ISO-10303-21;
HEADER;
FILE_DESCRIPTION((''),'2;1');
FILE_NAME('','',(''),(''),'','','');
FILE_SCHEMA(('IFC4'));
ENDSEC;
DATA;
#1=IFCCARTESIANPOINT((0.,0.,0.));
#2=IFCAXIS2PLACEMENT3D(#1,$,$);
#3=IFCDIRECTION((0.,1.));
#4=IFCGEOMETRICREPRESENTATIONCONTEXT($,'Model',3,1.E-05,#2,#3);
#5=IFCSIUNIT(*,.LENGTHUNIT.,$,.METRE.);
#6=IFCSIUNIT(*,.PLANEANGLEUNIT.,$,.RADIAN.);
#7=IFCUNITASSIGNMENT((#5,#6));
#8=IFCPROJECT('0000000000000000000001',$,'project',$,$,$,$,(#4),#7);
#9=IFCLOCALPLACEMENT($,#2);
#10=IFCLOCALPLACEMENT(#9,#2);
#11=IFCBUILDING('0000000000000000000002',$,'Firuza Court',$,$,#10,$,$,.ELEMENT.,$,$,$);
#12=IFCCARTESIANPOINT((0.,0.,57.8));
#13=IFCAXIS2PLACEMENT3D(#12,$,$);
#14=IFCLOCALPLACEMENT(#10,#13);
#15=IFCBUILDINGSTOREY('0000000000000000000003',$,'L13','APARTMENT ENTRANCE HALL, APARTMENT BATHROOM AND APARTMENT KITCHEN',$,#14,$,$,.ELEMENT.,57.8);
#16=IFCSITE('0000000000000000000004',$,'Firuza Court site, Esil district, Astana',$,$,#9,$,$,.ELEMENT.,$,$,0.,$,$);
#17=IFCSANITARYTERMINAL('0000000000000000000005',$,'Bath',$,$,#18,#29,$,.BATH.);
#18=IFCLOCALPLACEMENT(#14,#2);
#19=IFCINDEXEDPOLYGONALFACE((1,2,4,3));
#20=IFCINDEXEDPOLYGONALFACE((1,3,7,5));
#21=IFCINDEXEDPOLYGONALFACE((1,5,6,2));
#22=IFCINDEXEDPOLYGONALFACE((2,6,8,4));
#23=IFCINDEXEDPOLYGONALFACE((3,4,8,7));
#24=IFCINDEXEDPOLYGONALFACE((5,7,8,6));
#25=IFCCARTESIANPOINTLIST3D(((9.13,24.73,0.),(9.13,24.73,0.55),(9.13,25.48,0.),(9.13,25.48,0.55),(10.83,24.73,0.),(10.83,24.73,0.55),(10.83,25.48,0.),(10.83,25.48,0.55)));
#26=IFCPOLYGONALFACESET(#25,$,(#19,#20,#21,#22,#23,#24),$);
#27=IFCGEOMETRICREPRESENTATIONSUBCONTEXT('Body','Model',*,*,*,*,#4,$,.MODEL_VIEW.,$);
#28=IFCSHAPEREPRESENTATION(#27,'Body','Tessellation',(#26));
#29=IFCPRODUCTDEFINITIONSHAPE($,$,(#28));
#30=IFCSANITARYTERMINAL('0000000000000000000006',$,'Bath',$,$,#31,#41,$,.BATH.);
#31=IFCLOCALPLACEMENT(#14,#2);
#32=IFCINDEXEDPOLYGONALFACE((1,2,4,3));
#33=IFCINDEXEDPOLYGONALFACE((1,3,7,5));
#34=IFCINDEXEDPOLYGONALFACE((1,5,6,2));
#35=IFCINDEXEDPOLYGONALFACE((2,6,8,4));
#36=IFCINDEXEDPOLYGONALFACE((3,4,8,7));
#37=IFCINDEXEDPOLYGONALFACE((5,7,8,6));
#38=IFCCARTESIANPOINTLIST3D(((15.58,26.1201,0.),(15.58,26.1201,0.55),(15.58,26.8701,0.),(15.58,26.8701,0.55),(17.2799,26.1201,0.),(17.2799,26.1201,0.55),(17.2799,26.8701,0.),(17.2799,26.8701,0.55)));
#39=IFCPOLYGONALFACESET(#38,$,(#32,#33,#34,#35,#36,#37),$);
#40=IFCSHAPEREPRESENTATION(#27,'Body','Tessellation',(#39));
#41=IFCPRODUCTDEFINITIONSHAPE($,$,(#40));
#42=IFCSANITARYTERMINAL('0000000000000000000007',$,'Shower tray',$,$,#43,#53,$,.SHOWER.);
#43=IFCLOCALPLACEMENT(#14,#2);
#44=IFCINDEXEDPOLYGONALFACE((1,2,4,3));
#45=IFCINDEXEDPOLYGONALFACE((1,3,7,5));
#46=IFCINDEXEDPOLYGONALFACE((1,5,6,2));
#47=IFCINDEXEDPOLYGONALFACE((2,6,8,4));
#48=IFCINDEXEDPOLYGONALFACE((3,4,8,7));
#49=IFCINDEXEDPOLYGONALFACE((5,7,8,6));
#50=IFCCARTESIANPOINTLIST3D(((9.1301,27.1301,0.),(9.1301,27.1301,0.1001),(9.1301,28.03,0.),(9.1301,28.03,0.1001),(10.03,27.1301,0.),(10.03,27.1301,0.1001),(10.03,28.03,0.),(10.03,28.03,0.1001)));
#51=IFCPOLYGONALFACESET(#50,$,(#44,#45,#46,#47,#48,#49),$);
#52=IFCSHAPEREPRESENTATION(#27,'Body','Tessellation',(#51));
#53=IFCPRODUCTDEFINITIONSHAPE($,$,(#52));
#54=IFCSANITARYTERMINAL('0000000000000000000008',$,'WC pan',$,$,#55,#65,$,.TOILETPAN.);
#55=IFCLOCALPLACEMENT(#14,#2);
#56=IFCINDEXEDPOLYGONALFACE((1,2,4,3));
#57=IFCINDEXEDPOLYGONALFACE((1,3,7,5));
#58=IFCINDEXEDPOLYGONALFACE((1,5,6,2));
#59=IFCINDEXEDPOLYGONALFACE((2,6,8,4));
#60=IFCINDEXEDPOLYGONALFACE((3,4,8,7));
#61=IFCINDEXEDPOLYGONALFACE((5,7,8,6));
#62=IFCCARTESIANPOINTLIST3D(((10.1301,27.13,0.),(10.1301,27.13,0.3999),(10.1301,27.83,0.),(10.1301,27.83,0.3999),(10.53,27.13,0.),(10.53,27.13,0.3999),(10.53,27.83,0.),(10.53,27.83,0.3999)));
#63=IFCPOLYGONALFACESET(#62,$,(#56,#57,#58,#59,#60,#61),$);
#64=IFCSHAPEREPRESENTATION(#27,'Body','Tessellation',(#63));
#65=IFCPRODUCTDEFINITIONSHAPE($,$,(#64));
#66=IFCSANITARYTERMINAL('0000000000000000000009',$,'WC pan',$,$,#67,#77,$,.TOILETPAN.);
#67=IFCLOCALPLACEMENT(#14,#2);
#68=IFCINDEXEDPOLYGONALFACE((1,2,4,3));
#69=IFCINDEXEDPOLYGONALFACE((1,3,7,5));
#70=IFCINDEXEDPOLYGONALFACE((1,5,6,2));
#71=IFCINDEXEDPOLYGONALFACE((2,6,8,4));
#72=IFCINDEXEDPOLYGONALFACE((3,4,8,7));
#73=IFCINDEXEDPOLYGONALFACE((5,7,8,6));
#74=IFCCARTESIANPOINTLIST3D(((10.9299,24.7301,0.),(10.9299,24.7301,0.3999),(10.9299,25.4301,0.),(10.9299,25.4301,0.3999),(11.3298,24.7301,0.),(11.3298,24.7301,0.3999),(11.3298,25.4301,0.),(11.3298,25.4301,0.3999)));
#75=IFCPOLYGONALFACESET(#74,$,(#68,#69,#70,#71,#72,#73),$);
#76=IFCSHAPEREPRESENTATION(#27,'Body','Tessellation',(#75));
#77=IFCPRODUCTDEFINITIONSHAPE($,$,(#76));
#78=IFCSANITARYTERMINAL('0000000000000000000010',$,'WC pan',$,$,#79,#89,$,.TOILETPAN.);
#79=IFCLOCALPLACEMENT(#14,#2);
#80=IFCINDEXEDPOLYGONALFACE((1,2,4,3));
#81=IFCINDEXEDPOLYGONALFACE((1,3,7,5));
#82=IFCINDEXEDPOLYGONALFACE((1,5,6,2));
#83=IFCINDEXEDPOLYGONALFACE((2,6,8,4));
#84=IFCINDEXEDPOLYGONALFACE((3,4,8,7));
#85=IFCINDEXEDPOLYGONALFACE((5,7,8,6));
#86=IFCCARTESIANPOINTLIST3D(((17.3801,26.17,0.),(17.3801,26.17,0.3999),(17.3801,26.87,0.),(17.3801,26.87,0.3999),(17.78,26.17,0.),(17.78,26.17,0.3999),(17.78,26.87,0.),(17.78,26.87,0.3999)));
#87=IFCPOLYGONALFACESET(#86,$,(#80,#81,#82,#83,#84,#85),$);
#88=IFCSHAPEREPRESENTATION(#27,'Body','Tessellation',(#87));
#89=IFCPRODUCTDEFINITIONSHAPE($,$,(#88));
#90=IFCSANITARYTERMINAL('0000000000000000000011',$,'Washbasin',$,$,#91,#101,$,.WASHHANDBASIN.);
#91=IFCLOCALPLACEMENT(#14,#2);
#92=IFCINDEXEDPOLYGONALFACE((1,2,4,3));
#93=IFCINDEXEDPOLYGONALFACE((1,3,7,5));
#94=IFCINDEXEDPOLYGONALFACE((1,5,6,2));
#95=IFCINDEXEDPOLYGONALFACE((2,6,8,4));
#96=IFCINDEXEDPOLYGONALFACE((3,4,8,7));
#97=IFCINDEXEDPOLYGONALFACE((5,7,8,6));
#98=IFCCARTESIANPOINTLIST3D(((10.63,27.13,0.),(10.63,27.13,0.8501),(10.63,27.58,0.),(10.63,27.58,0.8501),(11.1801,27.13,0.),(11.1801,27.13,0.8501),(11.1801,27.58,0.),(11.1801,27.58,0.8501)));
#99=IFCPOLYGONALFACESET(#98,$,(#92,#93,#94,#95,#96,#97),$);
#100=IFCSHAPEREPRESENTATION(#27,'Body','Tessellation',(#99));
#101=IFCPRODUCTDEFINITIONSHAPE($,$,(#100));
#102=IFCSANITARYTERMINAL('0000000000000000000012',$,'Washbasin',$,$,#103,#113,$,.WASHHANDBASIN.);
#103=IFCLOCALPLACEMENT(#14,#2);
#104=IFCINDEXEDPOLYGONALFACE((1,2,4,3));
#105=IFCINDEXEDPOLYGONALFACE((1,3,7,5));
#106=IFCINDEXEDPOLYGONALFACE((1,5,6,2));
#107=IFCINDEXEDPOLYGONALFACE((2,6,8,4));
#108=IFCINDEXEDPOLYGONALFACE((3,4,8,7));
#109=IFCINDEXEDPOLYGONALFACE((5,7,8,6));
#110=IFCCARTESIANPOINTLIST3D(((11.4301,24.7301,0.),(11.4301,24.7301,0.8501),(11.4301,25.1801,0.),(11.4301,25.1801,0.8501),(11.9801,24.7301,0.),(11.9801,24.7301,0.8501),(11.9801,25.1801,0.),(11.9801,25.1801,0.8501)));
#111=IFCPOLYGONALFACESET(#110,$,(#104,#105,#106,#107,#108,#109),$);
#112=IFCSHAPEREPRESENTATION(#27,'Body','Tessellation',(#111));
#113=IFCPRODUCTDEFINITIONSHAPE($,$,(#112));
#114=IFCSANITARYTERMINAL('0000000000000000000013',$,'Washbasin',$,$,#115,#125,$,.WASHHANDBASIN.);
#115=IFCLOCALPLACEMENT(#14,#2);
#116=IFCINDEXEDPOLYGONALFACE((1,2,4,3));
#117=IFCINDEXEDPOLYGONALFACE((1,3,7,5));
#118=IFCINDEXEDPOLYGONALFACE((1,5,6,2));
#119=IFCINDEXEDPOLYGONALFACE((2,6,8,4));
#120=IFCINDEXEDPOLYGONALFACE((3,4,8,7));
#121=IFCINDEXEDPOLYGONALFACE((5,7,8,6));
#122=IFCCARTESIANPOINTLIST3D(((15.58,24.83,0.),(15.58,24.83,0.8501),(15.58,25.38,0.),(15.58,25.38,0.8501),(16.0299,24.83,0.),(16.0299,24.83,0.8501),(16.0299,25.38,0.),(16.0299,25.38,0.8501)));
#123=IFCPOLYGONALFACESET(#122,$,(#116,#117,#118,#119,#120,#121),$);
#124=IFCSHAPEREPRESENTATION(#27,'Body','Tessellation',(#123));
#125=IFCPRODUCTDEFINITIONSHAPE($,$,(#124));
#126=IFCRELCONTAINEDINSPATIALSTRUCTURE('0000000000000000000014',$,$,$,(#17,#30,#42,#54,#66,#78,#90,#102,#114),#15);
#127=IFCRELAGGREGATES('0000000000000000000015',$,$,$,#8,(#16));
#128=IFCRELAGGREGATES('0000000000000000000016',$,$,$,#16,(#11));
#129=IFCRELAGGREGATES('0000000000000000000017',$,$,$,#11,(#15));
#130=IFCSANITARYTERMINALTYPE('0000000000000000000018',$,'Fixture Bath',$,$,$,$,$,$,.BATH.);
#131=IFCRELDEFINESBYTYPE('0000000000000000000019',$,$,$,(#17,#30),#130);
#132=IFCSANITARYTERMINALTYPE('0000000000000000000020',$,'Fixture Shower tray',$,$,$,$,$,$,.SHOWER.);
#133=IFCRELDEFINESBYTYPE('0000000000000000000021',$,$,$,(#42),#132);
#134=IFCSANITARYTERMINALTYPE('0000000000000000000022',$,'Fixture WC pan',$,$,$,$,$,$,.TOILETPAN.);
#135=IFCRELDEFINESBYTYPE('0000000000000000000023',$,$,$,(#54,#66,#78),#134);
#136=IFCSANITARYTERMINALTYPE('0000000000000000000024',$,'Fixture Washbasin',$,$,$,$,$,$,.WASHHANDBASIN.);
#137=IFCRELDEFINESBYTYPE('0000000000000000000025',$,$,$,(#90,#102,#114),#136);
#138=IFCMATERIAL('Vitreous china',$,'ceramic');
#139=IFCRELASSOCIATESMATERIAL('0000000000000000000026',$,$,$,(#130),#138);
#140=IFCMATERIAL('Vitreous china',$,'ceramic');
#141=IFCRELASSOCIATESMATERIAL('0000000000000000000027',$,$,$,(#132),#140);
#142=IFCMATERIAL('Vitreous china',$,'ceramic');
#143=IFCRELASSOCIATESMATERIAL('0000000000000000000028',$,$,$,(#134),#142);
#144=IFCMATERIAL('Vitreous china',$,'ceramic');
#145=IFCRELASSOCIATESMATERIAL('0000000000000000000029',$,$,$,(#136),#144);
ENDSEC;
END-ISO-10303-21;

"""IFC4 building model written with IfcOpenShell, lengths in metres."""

from ifc_helpers import new_model, si_unit, direction, frame, origin, origin_2d, place, context, subcontext, project, spatial, rectangle, extrude, material, type_object, element, save


model = new_model("IFC4")

# Units and contexts
model_context = context("Model", 3, precision=1e-05, world=origin(), true_north=direction((0.0, 1.0)))
body_context = subcontext(model_context, "Body", "Model", "MODEL_VIEW")
ifc_project = project(units=[si_unit("LENGTHUNIT", "METRE"), si_unit("PLANEANGLEUNIT", "RADIAN")], contexts=[model_context])

# Site, building, storey
site_placement = place(None, origin())
site = spatial("IfcSite", under=ifc_project, at=site_placement, Name="Firuza Court site, Esil district, Astana", CompositionType="ELEMENT", RefElevation=0.0)
building_placement = place(site_placement, origin())
building = spatial("IfcBuilding", under=site, at=building_placement, Name="Firuza Court", CompositionType="ELEMENT")
storey_placement = place(building_placement, frame((0.0, 0.0, 57.8)))
storey = spatial("IfcBuildingStorey", under=building, at=storey_placement, Name="L13", Description="APARTMENT ENTRANCE HALL, APARTMENT BATHROOM AND APARTMENT KITCHEN", CompositionType="ELEMENT", Elevation=57.8)

# Sanitary terminals
ifc_material_1 = material(Name="Vitreous china", Category="ceramic")
sanitary_terminal_type_1 = type_object("IfcSanitaryTerminalType", Name="Fixture Bath", PredefinedType="BATH", material=ifc_material_1)
for number, where, z_axis, x_axis, name in (
    (1, (9.98, 25.105, 0.0), (0.0, 0.0, 1.0), (1.0, 0.0, 0.0), "Bath"),
    (2, (16.4299, 26.4951, 0.0), (0.0, 0.0, 1.0), (1.0, 0.0, 0.0), "Bath"),
):
    element("IfcSanitaryTerminal", number, at=place(storey_placement, frame(where, z_axis=z_axis, x_axis=x_axis)), inside=storey, type_object=sanitary_terminal_type_1, Name=name, PredefinedType="BATH", context=body_context, shape_type="SweptSolid", body=[
        extrude(rectangle(XDim=1.7, YDim=0.75, at=origin_2d()), origin(), (0.0, 0.0, 1.0), 0.55),
    ])
ifc_material_2 = material(Name="Vitreous china", Category="ceramic")
sanitary_terminal_type_2 = type_object("IfcSanitaryTerminalType", Name="Fixture Shower tray", PredefinedType="SHOWER", material=ifc_material_2)
sanitary_terminal_1_placement = place(storey_placement, frame((9.5801, 27.5801, 0.0), z_axis=(0.0, 0.0, 1.0), x_axis=(1.0, 0.0, 0.0)))
element("IfcSanitaryTerminal", 3, at=sanitary_terminal_1_placement, inside=storey, type_object=sanitary_terminal_type_2, Name="Shower tray", PredefinedType="SHOWER", context=body_context, shape_type="SweptSolid", body=[
    extrude(rectangle(XDim=0.8999, YDim=0.8999, at=origin_2d()), origin(), (0.0, 0.0, 1.0), 0.1001),
])
ifc_material_3 = material(Name="Vitreous china", Category="ceramic")
sanitary_terminal_type_3 = type_object("IfcSanitaryTerminalType", Name="Fixture WC pan", PredefinedType="TOILETPAN", material=ifc_material_3)
for number, where, z_axis, x_axis, name in (
    (4, (10.3301, 27.48, 0.0), (0.0, 0.0, 1.0), (1.0, 0.0, 0.0), "WC pan"),
    (5, (11.1299, 25.0801, 0.0), (0.0, 0.0, 1.0), (1.0, 0.0, 0.0), "WC pan"),
    (6, (17.5801, 26.52, 0.0), (0.0, 0.0, 1.0), (1.0, 0.0, 0.0), "WC pan"),
):
    element("IfcSanitaryTerminal", number, at=place(storey_placement, frame(where, z_axis=z_axis, x_axis=x_axis)), inside=storey, type_object=sanitary_terminal_type_3, Name=name, PredefinedType="TOILETPAN", context=body_context, shape_type="SweptSolid", body=[
        extrude(rectangle(XDim=0.3999, YDim=0.7, at=origin_2d()), origin(), (0.0, 0.0, 1.0), 0.3999),
    ])
ifc_material_4 = material(Name="Vitreous china", Category="ceramic")
sanitary_terminal_type_4 = type_object("IfcSanitaryTerminalType", Name="Fixture Washbasin", PredefinedType="WASHHANDBASIN", material=ifc_material_4)
for number, where, z_axis, x_axis, name in (
    (7, (10.905, 27.355, 0.0), (0.0, 0.0, 1.0), (1.0, 0.0, 0.0), "Washbasin"),
    (8, (11.7051, 24.9551, 0.0), (0.0, 0.0, 1.0), (1.0, 0.0, 0.0), "Washbasin"),
):
    element("IfcSanitaryTerminal", number, at=place(storey_placement, frame(where, z_axis=z_axis, x_axis=x_axis)), inside=storey, type_object=sanitary_terminal_type_4, Name=name, PredefinedType="WASHHANDBASIN", context=body_context, shape_type="SweptSolid", body=[
        extrude(rectangle(XDim=0.55, YDim=0.45, at=origin_2d()), origin(), (0.0, 0.0, 1.0), 0.8501),
    ])
sanitary_terminal_2_placement = place(storey_placement, frame((15.8049, 25.105, 0.0), z_axis=(0.0, 0.0, 1.0), x_axis=(1.0, 0.0, 0.0)))
element("IfcSanitaryTerminal", 9, at=sanitary_terminal_2_placement, inside=storey, type_object=sanitary_terminal_type_4, Name="Washbasin", PredefinedType="WASHHANDBASIN", context=body_context, shape_type="SweptSolid", body=[
    extrude(rectangle(XDim=0.45, YDim=0.55, at=origin_2d()), origin(), (0.0, 0.0, 1.0), 0.8501),
])

save(model, "model.ifc")
